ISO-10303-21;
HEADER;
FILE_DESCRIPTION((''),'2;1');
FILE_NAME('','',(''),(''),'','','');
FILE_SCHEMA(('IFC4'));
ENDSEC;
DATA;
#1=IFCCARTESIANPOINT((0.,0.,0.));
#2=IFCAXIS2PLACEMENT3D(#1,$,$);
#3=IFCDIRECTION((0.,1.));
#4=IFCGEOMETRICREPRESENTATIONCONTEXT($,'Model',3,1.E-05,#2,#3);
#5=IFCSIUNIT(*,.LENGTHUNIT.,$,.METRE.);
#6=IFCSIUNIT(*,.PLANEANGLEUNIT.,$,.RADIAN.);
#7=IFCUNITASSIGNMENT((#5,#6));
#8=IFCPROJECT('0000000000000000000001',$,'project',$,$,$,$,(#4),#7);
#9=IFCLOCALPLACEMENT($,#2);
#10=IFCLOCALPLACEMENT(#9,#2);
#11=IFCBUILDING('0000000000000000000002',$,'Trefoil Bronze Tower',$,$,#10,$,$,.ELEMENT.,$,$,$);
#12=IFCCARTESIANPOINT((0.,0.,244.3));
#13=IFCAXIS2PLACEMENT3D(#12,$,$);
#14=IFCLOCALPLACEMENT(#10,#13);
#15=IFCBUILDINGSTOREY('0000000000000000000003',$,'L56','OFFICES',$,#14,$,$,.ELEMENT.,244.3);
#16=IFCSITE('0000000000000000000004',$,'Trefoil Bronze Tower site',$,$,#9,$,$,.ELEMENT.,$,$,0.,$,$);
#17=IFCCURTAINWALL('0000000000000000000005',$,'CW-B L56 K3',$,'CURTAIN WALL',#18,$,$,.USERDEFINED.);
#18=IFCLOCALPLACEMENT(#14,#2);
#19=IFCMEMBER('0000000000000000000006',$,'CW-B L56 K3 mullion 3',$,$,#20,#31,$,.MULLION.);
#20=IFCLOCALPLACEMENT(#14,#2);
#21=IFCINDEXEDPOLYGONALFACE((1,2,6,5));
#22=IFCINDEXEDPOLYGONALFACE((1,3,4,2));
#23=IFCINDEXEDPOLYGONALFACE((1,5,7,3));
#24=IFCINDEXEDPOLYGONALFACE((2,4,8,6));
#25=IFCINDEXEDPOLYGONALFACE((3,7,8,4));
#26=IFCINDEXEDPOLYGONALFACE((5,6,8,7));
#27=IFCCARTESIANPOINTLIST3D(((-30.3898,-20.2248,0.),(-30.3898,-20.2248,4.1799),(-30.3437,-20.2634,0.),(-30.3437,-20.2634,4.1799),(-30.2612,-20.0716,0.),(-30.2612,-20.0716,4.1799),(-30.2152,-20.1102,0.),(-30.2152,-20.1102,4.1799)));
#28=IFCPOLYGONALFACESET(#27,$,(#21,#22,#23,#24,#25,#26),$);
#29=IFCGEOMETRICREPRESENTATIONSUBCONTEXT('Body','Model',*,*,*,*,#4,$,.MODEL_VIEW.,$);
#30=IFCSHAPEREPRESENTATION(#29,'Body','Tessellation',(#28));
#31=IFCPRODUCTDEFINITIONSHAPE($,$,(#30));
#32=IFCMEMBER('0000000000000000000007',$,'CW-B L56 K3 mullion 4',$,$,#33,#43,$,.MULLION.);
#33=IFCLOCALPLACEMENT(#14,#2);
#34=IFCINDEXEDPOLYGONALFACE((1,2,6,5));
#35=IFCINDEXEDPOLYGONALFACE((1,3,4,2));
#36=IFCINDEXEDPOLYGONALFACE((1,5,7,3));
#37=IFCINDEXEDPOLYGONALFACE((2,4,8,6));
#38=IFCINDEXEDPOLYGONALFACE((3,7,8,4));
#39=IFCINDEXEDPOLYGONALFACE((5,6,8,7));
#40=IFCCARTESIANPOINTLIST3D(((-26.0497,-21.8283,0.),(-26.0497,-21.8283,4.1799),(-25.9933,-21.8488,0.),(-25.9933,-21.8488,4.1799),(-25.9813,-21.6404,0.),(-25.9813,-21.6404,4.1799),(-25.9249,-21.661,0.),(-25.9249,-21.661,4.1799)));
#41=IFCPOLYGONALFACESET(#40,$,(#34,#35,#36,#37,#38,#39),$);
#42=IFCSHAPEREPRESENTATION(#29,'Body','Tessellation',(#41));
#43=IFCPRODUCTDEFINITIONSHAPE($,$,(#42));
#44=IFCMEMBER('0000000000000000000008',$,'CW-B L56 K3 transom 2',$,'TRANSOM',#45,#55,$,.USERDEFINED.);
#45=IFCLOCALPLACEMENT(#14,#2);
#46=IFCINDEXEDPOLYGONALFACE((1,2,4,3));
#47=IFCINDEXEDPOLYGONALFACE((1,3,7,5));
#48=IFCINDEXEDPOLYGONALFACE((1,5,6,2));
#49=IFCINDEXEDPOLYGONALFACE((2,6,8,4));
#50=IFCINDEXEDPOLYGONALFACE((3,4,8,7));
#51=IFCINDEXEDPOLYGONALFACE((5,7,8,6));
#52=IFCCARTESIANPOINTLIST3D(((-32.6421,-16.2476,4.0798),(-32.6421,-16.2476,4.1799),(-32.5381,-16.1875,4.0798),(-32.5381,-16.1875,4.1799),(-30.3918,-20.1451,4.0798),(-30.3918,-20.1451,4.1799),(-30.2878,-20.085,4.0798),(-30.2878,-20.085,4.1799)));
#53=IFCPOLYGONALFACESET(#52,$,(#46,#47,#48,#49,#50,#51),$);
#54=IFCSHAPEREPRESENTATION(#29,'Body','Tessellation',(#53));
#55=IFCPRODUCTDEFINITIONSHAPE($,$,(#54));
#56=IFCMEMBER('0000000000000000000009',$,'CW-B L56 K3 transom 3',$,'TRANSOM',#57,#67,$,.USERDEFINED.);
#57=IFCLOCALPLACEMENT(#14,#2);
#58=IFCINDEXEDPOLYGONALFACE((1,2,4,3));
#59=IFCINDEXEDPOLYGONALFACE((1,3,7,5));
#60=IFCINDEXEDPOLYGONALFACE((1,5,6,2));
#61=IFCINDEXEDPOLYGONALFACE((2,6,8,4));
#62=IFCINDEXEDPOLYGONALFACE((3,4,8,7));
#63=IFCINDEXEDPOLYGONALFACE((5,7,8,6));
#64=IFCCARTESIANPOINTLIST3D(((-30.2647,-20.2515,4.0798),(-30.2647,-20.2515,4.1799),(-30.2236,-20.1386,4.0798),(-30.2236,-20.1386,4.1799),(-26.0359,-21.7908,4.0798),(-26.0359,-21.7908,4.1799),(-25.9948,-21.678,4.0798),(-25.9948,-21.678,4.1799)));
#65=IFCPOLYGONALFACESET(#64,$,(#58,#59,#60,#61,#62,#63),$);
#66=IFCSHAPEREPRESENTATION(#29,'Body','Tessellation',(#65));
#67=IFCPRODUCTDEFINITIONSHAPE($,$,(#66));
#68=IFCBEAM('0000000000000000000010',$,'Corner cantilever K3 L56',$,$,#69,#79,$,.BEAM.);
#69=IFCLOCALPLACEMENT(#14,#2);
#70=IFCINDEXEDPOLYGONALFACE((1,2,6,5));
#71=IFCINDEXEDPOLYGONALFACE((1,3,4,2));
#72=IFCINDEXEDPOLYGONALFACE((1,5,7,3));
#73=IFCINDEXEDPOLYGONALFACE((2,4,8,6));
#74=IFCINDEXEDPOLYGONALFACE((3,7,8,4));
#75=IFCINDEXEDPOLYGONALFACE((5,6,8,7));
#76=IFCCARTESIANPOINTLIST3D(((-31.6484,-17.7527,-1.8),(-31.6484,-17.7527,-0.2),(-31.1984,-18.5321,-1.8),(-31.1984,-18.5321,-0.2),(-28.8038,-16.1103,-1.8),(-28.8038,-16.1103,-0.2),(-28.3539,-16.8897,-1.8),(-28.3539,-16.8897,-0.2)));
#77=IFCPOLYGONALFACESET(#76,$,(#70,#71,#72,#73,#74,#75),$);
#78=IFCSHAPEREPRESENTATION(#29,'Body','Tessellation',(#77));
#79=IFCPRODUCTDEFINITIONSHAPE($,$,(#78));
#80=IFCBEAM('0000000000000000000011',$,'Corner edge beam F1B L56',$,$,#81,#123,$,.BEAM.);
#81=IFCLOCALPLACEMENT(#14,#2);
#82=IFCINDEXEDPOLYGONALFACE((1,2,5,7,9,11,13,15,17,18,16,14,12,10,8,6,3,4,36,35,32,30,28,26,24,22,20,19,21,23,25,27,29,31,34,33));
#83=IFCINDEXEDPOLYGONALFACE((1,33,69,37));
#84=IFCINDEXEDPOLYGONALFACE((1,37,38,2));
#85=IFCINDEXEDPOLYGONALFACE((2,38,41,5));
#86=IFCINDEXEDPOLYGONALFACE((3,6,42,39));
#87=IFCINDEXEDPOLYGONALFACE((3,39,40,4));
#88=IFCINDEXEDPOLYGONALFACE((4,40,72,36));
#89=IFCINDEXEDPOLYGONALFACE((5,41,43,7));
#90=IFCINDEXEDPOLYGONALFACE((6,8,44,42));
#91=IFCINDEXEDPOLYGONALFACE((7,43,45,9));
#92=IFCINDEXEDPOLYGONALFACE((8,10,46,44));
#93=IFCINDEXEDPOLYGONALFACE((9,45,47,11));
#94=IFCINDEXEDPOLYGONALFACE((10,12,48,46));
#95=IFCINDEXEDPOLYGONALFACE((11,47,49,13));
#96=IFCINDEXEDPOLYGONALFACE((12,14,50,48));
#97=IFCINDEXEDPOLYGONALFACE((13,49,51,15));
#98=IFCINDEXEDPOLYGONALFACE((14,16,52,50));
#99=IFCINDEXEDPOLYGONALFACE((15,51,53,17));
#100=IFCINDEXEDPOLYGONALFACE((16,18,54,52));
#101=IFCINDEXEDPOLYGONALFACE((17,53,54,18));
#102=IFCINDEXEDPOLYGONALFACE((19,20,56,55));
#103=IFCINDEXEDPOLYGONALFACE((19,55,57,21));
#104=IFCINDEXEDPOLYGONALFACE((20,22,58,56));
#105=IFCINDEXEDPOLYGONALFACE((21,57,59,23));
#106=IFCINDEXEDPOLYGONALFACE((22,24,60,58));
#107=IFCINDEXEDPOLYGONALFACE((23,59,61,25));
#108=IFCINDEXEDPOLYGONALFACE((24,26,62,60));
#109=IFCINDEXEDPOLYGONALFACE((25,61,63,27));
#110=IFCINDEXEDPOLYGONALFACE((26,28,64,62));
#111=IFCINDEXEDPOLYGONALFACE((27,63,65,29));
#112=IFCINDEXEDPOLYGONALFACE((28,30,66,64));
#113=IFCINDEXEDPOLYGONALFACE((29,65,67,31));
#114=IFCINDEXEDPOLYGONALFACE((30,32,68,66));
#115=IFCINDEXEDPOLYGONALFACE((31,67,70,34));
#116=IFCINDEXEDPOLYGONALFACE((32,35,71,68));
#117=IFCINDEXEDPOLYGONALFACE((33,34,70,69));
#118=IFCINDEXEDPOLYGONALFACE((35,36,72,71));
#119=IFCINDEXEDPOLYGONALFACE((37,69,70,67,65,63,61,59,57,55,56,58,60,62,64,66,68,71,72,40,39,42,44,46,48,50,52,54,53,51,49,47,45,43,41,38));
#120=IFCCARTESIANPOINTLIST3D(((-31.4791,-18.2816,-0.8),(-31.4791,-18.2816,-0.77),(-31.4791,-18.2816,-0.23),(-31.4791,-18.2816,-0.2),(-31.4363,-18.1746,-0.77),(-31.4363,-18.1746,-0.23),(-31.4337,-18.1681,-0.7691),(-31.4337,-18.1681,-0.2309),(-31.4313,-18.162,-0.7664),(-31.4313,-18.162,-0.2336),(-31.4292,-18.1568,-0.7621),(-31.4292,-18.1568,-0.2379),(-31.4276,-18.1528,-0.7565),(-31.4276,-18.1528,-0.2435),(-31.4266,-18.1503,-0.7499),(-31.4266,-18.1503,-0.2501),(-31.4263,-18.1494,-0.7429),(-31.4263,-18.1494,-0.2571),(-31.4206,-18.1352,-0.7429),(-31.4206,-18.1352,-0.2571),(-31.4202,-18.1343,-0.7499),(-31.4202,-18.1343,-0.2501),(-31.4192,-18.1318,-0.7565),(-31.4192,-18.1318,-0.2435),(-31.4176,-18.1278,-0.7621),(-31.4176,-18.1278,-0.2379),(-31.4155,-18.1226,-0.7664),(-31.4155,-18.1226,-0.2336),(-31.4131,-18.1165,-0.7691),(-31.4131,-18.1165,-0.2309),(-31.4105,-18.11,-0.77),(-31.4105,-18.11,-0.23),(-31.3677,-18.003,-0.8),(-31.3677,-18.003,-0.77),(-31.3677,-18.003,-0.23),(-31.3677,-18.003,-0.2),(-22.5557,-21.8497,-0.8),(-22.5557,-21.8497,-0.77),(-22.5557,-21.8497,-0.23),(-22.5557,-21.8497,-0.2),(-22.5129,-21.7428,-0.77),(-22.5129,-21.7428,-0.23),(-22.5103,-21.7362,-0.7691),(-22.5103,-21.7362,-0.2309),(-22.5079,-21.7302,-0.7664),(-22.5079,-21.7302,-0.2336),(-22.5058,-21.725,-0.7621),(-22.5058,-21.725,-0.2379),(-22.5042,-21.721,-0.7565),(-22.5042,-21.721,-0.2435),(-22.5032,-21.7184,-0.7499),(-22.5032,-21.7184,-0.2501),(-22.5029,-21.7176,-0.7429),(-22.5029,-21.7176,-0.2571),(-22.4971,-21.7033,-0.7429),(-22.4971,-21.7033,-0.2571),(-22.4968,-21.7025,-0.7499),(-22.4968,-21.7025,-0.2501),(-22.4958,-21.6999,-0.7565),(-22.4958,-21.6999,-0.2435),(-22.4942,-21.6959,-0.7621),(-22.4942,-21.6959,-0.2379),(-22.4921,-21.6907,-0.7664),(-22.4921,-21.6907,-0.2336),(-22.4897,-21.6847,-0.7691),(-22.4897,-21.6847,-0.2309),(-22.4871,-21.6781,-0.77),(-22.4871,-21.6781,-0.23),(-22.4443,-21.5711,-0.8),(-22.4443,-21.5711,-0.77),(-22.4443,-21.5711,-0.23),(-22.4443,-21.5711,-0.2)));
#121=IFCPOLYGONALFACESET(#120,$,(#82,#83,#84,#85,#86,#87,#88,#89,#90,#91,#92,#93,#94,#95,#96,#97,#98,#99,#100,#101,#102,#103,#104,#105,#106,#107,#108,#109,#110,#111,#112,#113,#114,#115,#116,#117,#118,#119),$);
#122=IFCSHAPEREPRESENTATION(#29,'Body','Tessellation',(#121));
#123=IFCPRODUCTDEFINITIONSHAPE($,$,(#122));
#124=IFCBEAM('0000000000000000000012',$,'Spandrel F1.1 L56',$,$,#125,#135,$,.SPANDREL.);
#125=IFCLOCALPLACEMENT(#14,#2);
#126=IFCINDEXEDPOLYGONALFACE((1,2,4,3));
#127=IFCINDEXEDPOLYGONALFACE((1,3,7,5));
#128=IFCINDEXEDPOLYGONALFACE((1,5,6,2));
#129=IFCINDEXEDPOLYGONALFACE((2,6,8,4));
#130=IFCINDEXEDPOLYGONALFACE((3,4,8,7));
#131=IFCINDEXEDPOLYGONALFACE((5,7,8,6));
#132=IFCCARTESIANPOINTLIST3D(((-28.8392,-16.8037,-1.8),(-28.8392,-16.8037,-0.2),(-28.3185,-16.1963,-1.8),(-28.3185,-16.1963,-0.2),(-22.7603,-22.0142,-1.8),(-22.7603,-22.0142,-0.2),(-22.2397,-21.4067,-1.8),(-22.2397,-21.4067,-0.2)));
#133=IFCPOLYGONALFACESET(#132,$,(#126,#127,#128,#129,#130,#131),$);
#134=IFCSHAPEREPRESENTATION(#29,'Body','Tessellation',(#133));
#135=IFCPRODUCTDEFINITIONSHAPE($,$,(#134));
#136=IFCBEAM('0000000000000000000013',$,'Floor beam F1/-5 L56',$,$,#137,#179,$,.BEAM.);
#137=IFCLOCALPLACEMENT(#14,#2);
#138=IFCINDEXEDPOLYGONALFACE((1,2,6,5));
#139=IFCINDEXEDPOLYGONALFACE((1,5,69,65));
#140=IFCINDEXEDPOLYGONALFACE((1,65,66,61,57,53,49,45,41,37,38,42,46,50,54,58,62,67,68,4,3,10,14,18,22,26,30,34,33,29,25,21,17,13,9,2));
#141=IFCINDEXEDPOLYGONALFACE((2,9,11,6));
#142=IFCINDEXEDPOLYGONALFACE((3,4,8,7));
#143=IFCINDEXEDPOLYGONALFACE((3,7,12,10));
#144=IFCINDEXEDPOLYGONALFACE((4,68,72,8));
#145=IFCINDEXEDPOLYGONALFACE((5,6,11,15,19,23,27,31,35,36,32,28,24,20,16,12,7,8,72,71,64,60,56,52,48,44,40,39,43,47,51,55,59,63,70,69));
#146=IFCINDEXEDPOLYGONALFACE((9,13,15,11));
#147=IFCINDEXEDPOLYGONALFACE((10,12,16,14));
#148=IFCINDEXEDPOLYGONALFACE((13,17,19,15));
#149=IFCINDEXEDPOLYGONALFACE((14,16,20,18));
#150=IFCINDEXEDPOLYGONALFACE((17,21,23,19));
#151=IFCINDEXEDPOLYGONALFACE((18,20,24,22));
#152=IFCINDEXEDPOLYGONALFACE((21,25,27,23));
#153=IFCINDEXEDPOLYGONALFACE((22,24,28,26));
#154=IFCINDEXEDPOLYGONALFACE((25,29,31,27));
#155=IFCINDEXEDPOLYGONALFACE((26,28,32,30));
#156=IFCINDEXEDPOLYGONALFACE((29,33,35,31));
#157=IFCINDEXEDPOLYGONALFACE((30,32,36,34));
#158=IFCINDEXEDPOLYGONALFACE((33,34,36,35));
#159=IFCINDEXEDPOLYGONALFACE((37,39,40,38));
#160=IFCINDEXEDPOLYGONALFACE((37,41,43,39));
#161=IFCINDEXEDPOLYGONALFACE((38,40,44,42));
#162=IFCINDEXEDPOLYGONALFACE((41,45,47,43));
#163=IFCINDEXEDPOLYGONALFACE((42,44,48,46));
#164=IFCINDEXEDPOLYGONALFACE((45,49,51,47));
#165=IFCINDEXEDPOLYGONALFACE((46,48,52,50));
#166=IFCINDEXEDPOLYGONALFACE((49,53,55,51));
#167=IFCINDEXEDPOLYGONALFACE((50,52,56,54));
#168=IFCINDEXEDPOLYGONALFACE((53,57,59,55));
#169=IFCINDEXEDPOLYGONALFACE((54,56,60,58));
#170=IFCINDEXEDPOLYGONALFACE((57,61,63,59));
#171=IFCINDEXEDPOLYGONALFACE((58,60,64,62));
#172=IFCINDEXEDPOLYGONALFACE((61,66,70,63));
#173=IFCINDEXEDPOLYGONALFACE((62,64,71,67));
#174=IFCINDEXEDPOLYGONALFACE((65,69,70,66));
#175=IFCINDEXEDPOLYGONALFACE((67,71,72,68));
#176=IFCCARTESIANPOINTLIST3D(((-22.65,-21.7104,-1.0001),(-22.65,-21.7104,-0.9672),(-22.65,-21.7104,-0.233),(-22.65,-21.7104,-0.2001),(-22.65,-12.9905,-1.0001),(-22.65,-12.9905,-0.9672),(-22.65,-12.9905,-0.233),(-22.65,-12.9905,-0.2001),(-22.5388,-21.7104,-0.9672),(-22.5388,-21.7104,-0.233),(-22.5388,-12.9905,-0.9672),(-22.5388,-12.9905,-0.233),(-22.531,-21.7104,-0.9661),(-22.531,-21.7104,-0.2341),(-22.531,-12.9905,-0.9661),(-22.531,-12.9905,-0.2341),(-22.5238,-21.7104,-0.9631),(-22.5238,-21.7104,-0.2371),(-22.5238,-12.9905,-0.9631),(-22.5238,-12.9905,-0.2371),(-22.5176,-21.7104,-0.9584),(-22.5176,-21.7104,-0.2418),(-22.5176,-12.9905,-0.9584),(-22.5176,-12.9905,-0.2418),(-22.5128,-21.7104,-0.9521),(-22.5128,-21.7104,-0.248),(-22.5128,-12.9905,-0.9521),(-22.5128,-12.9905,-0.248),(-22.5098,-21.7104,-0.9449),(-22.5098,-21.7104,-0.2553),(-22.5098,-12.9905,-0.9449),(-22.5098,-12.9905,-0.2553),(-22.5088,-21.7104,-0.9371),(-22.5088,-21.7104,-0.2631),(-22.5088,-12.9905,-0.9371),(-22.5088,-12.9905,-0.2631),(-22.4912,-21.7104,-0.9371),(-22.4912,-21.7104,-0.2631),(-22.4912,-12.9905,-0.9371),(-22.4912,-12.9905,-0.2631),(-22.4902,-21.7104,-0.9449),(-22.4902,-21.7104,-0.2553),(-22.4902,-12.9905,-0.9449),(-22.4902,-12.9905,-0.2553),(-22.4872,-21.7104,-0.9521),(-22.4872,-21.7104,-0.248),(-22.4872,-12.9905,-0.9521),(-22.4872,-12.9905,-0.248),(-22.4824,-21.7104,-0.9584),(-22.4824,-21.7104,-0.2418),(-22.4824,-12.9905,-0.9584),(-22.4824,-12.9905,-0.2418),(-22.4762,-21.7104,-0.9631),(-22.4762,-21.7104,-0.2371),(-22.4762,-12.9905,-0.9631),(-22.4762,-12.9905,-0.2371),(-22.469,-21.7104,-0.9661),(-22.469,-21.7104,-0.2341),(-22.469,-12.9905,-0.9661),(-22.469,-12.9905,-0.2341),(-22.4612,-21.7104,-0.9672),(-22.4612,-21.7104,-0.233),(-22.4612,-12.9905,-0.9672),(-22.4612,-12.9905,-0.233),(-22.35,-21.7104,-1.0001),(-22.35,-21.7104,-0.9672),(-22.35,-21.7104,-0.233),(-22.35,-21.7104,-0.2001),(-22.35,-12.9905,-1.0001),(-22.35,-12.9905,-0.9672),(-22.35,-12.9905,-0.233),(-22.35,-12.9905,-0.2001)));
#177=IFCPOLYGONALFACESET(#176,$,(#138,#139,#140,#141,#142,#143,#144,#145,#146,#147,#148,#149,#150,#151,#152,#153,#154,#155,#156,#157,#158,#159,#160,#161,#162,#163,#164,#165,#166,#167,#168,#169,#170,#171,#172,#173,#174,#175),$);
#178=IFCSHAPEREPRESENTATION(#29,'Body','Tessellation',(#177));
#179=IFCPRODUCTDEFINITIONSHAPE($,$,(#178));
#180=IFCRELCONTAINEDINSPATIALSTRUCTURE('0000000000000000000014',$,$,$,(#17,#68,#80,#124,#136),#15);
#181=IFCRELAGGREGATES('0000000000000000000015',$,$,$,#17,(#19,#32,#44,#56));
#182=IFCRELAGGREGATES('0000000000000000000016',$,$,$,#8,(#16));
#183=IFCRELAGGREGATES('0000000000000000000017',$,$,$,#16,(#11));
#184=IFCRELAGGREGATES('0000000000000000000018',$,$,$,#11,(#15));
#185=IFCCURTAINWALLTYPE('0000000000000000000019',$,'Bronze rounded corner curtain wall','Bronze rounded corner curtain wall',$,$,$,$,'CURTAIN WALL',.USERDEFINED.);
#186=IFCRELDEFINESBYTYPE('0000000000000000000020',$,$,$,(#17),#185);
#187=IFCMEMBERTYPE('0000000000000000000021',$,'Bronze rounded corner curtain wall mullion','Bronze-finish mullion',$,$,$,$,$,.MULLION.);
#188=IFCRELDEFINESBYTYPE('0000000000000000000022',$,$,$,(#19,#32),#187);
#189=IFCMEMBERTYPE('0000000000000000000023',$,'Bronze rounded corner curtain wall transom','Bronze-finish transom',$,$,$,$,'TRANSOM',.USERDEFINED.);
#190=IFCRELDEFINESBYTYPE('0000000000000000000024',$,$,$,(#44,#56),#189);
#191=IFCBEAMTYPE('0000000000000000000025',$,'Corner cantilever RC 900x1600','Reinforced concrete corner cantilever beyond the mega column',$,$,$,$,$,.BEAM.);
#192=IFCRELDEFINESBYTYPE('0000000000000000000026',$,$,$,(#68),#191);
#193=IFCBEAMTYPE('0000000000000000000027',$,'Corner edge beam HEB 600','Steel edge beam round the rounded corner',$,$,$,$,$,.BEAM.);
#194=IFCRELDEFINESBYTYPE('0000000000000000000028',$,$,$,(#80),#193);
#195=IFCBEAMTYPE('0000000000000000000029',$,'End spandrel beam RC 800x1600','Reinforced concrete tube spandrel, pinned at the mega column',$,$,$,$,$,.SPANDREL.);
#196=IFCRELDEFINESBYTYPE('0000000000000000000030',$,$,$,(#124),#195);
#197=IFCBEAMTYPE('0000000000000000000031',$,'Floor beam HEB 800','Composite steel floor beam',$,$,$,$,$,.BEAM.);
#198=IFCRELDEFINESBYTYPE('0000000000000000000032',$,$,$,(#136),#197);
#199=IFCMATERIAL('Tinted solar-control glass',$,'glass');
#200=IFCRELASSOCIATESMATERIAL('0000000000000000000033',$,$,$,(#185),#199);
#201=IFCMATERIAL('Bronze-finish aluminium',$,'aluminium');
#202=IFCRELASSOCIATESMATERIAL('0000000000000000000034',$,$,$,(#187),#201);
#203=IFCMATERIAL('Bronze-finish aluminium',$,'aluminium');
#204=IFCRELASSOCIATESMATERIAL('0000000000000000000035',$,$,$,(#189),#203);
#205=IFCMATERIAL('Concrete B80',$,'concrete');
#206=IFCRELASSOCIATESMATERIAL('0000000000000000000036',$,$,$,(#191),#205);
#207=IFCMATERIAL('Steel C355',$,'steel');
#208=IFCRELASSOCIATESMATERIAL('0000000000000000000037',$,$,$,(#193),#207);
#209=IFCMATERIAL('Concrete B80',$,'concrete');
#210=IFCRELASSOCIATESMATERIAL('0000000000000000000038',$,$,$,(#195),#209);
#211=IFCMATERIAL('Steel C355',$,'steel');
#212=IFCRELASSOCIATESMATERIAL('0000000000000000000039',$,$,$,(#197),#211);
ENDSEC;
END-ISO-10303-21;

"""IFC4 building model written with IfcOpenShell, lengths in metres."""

from ifc_helpers import new_model, si_unit, direction, frame, origin, origin_2d, place, context, subcontext, project, spatial, rectangle, i_section, extrude, material, material_profile, profile_set, type_object, element, aggregate, save


model = new_model("IFC4")

# Units and contexts
model_context = context("Model", 3, precision=1e-05, world=origin(), true_north=direction((0.0, 1.0)))
body_context = subcontext(model_context, "Body", "Model", "MODEL_VIEW")
ifc_project = project(units=[si_unit("LENGTHUNIT", "METRE"), si_unit("PLANEANGLEUNIT", "RADIAN")], contexts=[model_context])

# Site, building, storey
site_placement = place(None, origin())
site = spatial("IfcSite", under=ifc_project, at=site_placement, Name="Trefoil Bronze Tower site", CompositionType="ELEMENT", RefElevation=0.0)
building_placement = place(site_placement, origin())
building = spatial("IfcBuilding", under=site, at=building_placement, Name="Trefoil Bronze Tower", CompositionType="ELEMENT")
storey_placement = place(building_placement, frame((0.0, 0.0, 244.3)))
storey = spatial("IfcBuildingStorey", under=building, at=storey_placement, Name="L56", Description="OFFICES", CompositionType="ELEMENT", Elevation=244.3)

# Curtain wall, members
ifc_material_1 = material(Name="Tinted solar-control glass", Category="glass")
curtain_wall_type_1 = type_object("IfcCurtainWallType", Name="Bronze rounded corner curtain wall", Description="Bronze rounded corner curtain wall", ElementType="CURTAIN WALL", PredefinedType="USERDEFINED", material=ifc_material_1)
curtain_wall_1_placement = place(storey_placement, origin())
curtain_wall_1 = element("IfcCurtainWall", 1, at=curtain_wall_1_placement, inside=storey, type_object=curtain_wall_type_1, Name="CW-B L56 K3", ObjectType="CURTAIN WALL", PredefinedType="USERDEFINED")
ifc_material_2 = material(Name="Bronze-finish aluminium", Category="aluminium")
ifc_material_profile_1 = material_profile(ifc_material_2, rectangle(XDim=0.2, YDim=0.0601, at=origin_2d()), Name="CW-B mullion")
ifc_profile_set_1 = profile_set([ifc_material_profile_1], Name="Bronze-finish aluminium")
member_type_1 = type_object("IfcMemberType", Name="Bronze rounded corner curtain wall mullion", Description="Bronze-finish mullion", PredefinedType="MULLION", material=ifc_profile_set_1)
member_1_placement = place(storey_placement, frame((-30.3025, -20.1675, 0.0), z_axis=(0.0, 0.0, 1.0), x_axis=(0.642788, 0.766044, 0.0)))
member_1 = element("IfcMember", 2, at=member_1_placement, type_object=member_type_1, Name="CW-B L56 K3 mullion 3", PredefinedType="MULLION", context=body_context, shape_type="SweptSolid", body=[
    extrude(rectangle(XDim=0.2, YDim=0.0601, at=origin_2d()), origin(), (0.0, 0.0, 1.0), 4.1799),
])
member_2_placement = place(storey_placement, frame((-25.9873, -21.7446, 0.0), z_axis=(0.0, 0.0, 1.0), x_axis=(0.34202, 0.939693, 0.0)))
member_2 = element("IfcMember", 3, at=member_2_placement, type_object=member_type_1, Name="CW-B L56 K3 mullion 4", PredefinedType="MULLION", context=body_context, shape_type="SweptSolid", body=[
    extrude(rectangle(XDim=0.2, YDim=0.0601, at=origin_2d()), origin(), (0.0, 0.0, 1.0), 4.1799),
])
ifc_material_3 = material(Name="Bronze-finish aluminium", Category="aluminium")
ifc_material_profile_2 = material_profile(ifc_material_3, rectangle(XDim=0.1201, YDim=0.1001, at=origin_2d()), Name="CW-B transom")
ifc_profile_set_2 = profile_set([ifc_material_profile_2], Name="Bronze-finish aluminium")
member_type_2 = type_object("IfcMemberType", Name="Bronze rounded corner curtain wall transom", Description="Bronze-finish transom", ElementType="TRANSOM", PredefinedType="USERDEFINED", material=ifc_profile_set_2)
member_3_placement = place(storey_placement, frame((-32.5901, -16.2175, 4.1299), z_axis=(0.500007, -0.866021, 0.0), x_axis=(0.866021, 0.500007, 0.0)))
member_3 = element("IfcMember", 4, at=member_3_placement, type_object=member_type_2, Name="CW-B L56 K3 transom 2", ObjectType="TRANSOM", PredefinedType="USERDEFINED", context=body_context, shape_type="SweptSolid", body=[
    extrude(rectangle(XDim=0.1201, YDim=0.1001, at=origin_2d()), origin(), (0.0, 0.0, 1.0), 4.5005),
])
member_4_placement = place(storey_placement, frame((-30.2441, -20.1951, 4.1299), z_axis=(0.939681, -0.342052, 0.0), x_axis=(0.342052, 0.939681, 0.0)))
member_4 = element("IfcMember", 5, at=member_4_placement, type_object=member_type_2, Name="CW-B L56 K3 transom 3", ObjectType="TRANSOM", PredefinedType="USERDEFINED", context=body_context, shape_type="SweptSolid", body=[
    extrude(rectangle(XDim=0.1201, YDim=0.1001, at=origin_2d()), origin(), (0.0, 0.0, 1.0), 4.5002),
])

# Beams
ifc_material_4 = material(Name="Concrete B80", Category="concrete")
ifc_material_profile_3 = material_profile(ifc_material_4, rectangle(XDim=0.8999, YDim=1.6001, at=origin_2d()), Name="RC 900x1600")
ifc_profile_set_3 = profile_set([ifc_material_profile_3], Name="Concrete B80")
beam_type_1 = type_object("IfcBeamType", Name="Corner cantilever RC 900x1600", Description="Reinforced concrete corner cantilever beyond the mega column", PredefinedType="BEAM", material=ifc_profile_set_3)
beam_1_placement = place(storey_placement, frame((-28.5789, -16.5, -1.0), z_axis=(-0.866016, -0.500016, 0.0), x_axis=(0.500016, -0.866016, 0.0)))
element("IfcBeam", 6, at=beam_1_placement, inside=storey, type_object=beam_type_1, Name="Corner cantilever K3 L56", PredefinedType="BEAM", context=body_context, shape_type="SweptSolid", body=[
    extrude(rectangle(XDim=0.8999, YDim=1.6001, at=origin_2d()), origin(), (0.0, 0.0, 1.0), 3.2847),
])
ifc_material_5 = material(Name="Steel C355", Category="steel")
ifc_material_profile_4 = material_profile(ifc_material_5, i_section(OverallWidth=0.3, OverallDepth=0.6001, WebThickness=0.0154, FlangeThickness=0.03, FilletRadius=0.0271, at=origin_2d()), Name="HEB 600")
ifc_profile_set_4 = profile_set([ifc_material_profile_4], Name="Steel C355")
beam_type_2 = type_object("IfcBeamType", Name="Corner edge beam HEB 600", Description="Steel edge beam round the rounded corner", PredefinedType="BEAM", material=ifc_profile_set_4)
beam_2_placement = place(storey_placement, frame((-22.5, -21.7104, -0.5), z_axis=(-0.92852, 0.371281, 0.0), x_axis=(-0.371281, -0.92852, 0.0)))
element("IfcBeam", 7, at=beam_2_placement, inside=storey, type_object=beam_type_2, Name="Corner edge beam F1B L56", PredefinedType="BEAM", context=body_context, shape_type="SweptSolid", body=[
    extrude(i_section(OverallWidth=0.3, OverallDepth=0.6001, WebThickness=0.0154, FlangeThickness=0.03, FilletRadius=0.0271, at=origin_2d()), origin(), (0.0, 0.0, 1.0), 9.6104),
])
ifc_material_6 = material(Name="Concrete B80", Category="concrete")
ifc_material_profile_5 = material_profile(ifc_material_6, rectangle(XDim=0.8, YDim=1.6001, at=origin_2d()), Name="RC 800x1600")
ifc_profile_set_5 = profile_set([ifc_material_profile_5], Name="Concrete B80")
beam_type_3 = type_object("IfcBeamType", Name="End spandrel beam RC 800x1600", Description="Reinforced concrete tube spandrel, pinned at the mega column", PredefinedType="SPANDREL", material=ifc_profile_set_5)
beam_3_placement = place(storey_placement, frame((-28.5789, -16.5, -1.0), z_axis=(0.759257, -0.650791, 0.0), x_axis=(0.650791, 0.759257, 0.0)))
element("IfcBeam", 8, at=beam_3_placement, inside=storey, type_object=beam_type_3, Name="Spandrel F1.1 L56", PredefinedType="SPANDREL", context=body_context, shape_type="SweptSolid", body=[
    extrude(rectangle(XDim=0.8, YDim=1.6001, at=origin_2d()), origin(), (0.0, 0.0, 1.0), 8.0063),
])
ifc_material_7 = material(Name="Steel C355", Category="steel")
ifc_material_profile_6 = material_profile(ifc_material_7, i_section(OverallWidth=0.3, OverallDepth=0.8, WebThickness=0.0176, FlangeThickness=0.033, FilletRadius=0.03, at=origin_2d()), Name="HEB 800")
ifc_profile_set_6 = profile_set([ifc_material_profile_6], Name="Steel C355")
beam_type_4 = type_object("IfcBeamType", Name="Floor beam HEB 800", Description="Composite steel floor beam", PredefinedType="BEAM", material=ifc_profile_set_6)
beam_4_placement = place(storey_placement, frame((-22.5, -21.7104, -0.6001), z_axis=(0.0, 1.0, 0.0), x_axis=(-1.0, 0.0, 0.0)))
element("IfcBeam", 9, at=beam_4_placement, inside=storey, type_object=beam_type_4, Name="Floor beam F1/-5 L56", PredefinedType="BEAM", context=body_context, shape_type="SweptSolid", body=[
    extrude(i_section(OverallWidth=0.3, OverallDepth=0.8, WebThickness=0.0176, FlangeThickness=0.033, FilletRadius=0.03, at=origin_2d()), origin(), (0.0, 0.0, 1.0), 8.72),
])

aggregate(curtain_wall_1, [member_1, member_2, member_3, member_4])

save(model, "model.ifc")
